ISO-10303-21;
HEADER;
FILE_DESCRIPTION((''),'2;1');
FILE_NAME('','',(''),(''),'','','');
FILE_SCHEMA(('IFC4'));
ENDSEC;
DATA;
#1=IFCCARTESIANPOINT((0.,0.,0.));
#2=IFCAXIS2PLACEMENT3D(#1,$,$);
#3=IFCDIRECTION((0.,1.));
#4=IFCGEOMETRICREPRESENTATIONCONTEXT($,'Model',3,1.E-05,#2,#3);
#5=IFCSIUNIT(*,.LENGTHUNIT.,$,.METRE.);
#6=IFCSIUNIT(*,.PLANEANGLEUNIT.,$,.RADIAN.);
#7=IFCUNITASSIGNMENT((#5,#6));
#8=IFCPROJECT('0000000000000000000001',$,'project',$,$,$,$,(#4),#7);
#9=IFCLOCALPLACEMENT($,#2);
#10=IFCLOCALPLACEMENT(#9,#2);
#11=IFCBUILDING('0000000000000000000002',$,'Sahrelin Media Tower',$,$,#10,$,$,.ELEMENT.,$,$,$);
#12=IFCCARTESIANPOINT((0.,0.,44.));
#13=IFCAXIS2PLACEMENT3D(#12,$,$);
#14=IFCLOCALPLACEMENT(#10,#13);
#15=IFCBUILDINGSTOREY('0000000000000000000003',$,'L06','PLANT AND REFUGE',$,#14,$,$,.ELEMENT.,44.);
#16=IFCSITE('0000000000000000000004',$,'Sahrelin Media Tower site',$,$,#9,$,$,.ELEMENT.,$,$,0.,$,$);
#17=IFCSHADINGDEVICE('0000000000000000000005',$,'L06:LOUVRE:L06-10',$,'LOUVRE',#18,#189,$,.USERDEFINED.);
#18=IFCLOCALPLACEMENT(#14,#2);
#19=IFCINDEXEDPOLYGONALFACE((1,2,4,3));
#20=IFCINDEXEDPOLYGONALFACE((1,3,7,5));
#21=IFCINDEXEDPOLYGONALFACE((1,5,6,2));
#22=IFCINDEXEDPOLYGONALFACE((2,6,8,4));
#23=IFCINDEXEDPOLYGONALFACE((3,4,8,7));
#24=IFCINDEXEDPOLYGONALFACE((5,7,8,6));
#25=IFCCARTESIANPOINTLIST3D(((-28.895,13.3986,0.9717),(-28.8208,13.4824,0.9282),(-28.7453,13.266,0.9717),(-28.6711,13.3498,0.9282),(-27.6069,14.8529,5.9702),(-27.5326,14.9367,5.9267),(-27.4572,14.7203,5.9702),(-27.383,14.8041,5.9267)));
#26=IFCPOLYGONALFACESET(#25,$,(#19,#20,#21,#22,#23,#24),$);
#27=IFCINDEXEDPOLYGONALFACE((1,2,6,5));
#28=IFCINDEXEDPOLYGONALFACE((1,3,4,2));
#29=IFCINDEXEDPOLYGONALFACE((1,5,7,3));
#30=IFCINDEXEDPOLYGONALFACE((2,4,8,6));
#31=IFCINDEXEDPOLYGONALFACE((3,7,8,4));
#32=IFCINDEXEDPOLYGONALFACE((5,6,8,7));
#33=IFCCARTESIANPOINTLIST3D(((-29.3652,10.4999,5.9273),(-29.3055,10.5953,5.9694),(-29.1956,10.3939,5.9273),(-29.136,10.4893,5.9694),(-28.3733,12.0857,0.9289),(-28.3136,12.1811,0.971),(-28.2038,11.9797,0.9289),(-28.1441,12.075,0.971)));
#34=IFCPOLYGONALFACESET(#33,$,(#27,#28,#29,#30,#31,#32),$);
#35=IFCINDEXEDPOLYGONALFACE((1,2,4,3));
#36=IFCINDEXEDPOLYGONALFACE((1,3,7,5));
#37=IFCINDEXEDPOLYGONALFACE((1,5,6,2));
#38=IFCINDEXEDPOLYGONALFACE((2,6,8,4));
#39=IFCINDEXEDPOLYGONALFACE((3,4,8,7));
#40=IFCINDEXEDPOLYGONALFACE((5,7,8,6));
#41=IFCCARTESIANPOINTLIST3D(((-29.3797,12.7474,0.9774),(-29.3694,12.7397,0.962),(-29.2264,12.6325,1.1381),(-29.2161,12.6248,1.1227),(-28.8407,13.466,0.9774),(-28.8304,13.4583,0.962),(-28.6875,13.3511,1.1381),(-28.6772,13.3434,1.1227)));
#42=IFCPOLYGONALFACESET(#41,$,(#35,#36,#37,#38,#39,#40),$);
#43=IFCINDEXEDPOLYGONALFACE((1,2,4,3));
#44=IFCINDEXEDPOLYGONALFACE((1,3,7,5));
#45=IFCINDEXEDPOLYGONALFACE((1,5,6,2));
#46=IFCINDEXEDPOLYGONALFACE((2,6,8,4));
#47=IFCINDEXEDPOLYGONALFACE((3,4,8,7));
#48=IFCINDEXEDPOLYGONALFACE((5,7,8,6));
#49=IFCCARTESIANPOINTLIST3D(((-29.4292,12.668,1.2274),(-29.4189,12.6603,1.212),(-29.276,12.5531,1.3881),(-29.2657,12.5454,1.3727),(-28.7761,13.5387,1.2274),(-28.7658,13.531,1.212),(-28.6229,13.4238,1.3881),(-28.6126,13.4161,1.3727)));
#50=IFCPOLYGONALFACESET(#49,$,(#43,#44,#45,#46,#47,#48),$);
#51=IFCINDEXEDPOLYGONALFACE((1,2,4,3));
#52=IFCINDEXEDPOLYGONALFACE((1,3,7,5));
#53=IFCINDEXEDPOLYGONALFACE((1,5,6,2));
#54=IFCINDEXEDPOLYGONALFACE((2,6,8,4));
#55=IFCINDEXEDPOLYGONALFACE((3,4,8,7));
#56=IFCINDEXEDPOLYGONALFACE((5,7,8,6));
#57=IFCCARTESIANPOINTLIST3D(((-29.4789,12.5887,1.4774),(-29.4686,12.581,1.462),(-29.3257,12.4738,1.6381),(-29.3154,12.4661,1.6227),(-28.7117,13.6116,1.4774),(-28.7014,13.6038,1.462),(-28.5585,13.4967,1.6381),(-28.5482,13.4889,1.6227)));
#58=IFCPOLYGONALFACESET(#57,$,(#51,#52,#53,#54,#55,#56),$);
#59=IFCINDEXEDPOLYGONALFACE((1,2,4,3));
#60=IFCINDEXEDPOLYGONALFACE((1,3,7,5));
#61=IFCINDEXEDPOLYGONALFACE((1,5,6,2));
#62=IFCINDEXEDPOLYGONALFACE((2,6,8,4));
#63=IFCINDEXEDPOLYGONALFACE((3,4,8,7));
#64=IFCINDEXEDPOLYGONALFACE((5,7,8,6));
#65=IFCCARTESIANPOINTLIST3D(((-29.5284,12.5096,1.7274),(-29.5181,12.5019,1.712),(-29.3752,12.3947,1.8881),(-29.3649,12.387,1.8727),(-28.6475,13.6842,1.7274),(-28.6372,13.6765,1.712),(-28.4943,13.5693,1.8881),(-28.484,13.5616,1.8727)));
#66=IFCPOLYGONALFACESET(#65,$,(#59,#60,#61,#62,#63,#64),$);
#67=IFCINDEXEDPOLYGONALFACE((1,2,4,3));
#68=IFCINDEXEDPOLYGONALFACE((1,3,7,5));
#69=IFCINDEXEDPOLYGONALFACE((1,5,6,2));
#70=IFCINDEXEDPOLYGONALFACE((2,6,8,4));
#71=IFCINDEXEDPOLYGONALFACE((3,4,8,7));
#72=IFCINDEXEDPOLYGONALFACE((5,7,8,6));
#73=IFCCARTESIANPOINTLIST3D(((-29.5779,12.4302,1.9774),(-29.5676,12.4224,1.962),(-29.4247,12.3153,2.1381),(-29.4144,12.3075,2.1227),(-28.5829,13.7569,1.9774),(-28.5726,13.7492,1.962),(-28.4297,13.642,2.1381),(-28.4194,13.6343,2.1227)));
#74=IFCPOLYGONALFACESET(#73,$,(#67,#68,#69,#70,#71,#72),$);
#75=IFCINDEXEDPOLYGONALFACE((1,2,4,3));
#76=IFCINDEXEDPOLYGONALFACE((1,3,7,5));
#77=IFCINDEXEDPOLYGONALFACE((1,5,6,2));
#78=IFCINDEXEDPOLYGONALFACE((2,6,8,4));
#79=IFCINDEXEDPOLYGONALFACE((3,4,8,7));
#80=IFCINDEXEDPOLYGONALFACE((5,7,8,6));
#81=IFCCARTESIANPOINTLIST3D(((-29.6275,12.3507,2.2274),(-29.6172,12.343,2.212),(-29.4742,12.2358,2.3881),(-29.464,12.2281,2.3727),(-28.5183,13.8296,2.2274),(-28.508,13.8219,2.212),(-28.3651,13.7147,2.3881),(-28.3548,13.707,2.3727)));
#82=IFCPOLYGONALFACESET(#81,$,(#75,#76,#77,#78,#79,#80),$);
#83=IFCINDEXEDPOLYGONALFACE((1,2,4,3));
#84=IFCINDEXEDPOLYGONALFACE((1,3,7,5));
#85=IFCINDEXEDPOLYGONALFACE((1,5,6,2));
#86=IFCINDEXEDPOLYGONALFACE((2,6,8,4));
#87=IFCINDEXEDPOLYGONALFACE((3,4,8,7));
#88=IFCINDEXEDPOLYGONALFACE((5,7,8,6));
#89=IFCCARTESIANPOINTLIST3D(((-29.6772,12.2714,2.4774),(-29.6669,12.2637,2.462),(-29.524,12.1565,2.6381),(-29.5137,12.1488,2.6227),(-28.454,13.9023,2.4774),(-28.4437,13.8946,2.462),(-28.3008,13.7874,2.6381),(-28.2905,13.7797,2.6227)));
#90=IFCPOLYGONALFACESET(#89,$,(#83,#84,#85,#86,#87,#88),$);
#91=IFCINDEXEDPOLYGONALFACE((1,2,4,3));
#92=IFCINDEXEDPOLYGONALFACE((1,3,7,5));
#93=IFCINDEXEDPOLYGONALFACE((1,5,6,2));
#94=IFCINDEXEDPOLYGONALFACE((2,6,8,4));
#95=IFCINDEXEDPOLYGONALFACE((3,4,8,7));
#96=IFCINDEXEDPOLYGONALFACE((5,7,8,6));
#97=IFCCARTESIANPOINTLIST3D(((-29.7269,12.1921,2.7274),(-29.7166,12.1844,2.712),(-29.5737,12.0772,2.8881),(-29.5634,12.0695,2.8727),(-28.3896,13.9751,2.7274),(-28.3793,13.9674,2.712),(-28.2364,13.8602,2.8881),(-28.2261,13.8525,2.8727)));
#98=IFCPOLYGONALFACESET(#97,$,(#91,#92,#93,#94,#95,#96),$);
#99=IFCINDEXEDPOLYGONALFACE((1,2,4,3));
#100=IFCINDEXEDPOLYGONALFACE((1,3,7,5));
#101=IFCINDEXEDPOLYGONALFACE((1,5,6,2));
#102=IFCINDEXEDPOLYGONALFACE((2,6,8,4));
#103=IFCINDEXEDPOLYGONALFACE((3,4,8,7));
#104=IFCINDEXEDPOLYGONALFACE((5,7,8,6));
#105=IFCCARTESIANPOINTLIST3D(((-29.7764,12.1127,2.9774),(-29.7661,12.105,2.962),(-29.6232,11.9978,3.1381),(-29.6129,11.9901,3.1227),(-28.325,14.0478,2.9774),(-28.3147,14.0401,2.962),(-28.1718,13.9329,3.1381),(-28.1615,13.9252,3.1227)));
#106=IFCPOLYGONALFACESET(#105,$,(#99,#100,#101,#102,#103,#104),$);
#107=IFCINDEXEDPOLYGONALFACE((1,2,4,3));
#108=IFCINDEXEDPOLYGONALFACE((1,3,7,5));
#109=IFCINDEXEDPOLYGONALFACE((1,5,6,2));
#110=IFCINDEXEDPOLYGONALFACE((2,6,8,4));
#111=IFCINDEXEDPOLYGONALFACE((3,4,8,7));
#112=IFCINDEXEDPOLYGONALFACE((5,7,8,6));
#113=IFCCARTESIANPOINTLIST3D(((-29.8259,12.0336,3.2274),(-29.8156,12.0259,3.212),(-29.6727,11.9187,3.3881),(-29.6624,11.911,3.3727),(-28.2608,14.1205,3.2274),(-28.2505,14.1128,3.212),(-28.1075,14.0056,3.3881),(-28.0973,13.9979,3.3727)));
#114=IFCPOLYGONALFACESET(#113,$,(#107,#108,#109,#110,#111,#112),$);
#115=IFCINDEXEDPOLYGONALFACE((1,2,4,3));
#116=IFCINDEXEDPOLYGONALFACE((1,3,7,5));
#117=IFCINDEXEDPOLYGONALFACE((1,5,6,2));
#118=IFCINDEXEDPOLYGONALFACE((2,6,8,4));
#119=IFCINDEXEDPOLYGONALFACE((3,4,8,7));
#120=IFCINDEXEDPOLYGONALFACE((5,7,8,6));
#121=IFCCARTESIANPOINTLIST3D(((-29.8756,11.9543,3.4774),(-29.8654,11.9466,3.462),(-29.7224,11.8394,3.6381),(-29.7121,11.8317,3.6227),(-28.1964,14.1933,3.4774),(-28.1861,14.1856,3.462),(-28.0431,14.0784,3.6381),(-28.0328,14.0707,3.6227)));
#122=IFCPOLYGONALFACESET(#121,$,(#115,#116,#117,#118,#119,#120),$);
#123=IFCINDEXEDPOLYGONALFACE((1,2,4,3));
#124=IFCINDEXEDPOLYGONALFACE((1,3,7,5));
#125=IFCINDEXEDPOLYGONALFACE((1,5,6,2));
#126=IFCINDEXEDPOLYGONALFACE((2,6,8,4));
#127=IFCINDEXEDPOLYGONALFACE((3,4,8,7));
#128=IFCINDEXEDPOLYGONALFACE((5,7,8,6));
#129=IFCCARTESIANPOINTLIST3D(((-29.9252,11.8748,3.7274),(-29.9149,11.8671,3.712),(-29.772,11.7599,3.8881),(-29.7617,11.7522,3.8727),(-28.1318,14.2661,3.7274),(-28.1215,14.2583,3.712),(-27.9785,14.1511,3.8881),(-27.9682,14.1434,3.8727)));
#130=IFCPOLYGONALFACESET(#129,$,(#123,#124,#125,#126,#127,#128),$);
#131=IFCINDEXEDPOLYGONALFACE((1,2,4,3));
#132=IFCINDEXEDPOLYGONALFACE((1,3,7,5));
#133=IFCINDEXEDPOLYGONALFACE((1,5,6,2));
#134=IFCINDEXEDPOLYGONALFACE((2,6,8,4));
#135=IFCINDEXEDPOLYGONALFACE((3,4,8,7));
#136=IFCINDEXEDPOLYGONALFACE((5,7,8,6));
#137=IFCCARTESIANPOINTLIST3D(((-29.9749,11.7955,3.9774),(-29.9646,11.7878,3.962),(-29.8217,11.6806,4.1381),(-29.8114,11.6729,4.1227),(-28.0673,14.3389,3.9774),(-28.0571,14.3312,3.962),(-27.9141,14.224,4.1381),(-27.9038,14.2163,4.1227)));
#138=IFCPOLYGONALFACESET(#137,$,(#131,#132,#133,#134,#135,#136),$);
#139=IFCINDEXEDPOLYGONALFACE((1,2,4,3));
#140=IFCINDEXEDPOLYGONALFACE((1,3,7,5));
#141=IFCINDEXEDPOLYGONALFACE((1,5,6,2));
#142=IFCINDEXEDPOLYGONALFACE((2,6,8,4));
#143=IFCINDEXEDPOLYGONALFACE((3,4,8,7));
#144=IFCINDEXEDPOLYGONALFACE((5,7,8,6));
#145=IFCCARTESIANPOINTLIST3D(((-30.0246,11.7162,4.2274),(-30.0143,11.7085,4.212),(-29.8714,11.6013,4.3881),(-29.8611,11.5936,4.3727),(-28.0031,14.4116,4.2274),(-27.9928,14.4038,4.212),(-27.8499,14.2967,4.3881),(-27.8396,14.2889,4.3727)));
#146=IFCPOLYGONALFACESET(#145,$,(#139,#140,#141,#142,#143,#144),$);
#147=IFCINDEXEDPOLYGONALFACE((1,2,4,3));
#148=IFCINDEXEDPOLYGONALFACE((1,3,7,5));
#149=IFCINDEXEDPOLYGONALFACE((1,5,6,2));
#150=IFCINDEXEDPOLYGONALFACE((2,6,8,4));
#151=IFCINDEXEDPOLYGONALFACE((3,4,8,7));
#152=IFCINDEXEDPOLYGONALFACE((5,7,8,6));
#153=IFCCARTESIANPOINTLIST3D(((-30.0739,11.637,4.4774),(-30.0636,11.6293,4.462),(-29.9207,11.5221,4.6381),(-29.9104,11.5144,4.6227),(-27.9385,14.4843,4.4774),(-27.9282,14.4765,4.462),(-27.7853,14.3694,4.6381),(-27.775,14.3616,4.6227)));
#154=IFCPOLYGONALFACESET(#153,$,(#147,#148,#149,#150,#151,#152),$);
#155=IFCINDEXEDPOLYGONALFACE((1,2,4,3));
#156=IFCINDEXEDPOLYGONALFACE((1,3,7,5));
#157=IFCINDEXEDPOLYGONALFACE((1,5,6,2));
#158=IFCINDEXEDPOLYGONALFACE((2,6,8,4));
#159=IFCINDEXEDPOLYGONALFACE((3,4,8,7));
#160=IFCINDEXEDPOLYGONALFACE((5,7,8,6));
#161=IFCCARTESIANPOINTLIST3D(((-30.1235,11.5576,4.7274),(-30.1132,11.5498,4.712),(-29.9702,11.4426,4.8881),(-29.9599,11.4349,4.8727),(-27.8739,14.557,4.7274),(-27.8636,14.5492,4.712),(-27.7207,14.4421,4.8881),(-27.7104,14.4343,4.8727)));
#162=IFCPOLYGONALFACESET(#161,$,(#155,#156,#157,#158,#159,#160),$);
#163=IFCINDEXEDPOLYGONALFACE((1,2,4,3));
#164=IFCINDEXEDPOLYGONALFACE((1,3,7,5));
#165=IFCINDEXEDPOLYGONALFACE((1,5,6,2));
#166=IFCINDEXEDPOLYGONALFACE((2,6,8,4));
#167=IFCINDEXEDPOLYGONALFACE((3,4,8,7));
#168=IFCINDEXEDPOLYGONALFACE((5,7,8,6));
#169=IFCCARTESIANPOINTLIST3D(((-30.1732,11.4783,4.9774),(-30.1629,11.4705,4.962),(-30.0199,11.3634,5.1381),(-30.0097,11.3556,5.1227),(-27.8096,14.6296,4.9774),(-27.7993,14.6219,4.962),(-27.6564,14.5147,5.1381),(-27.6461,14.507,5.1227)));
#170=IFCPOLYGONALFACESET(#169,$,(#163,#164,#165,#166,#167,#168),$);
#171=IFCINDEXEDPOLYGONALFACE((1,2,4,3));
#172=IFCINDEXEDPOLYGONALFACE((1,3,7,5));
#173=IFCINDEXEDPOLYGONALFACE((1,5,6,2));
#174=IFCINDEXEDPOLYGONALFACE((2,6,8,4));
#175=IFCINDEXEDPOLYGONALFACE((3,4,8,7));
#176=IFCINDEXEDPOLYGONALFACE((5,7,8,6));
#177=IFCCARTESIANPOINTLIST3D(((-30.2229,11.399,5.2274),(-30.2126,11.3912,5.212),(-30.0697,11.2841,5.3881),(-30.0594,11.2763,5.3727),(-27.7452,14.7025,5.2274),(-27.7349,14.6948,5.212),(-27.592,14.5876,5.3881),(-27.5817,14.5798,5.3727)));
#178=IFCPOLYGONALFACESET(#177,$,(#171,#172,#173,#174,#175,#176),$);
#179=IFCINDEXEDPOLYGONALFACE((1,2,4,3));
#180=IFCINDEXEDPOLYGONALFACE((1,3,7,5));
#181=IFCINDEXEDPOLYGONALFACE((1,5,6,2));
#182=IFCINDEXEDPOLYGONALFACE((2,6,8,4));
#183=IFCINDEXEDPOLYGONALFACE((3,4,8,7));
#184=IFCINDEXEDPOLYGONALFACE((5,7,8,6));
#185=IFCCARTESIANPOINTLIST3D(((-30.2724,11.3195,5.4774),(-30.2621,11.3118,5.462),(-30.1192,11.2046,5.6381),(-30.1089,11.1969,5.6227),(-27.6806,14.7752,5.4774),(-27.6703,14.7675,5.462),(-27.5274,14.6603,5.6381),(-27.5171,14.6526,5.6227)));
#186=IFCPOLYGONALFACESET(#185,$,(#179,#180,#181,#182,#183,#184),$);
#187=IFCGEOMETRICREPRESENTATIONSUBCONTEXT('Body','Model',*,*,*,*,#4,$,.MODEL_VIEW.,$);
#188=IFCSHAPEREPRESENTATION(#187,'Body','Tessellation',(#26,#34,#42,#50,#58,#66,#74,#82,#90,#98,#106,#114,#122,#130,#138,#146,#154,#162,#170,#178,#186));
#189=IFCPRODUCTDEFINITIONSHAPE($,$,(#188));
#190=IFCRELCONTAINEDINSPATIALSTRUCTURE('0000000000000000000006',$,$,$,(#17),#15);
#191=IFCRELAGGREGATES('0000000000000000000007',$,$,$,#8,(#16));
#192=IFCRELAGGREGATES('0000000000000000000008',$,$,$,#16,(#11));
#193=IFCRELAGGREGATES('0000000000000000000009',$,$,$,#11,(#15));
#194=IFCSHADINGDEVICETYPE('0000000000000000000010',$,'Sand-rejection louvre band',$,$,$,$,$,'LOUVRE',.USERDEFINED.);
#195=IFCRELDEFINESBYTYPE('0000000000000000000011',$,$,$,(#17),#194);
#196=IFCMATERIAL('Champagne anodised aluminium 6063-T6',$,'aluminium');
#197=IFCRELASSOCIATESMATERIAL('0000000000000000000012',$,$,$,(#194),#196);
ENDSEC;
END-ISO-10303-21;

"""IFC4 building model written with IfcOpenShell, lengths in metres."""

from ifc_helpers import new_model, si_unit, direction, frame, origin, origin_2d, place, context, subcontext, project, spatial, rectangle, extrude, material, type_object, element, save


model = new_model("IFC4")

# Units and contexts
model_context = context("Model", 3, precision=1e-05, world=origin(), true_north=direction((0.0, 1.0)))
body_context = subcontext(model_context, "Body", "Model", "MODEL_VIEW")
ifc_project = project(units=[si_unit("LENGTHUNIT", "METRE"), si_unit("PLANEANGLEUNIT", "RADIAN")], contexts=[model_context])

# Site, building, storey
site_placement = place(None, origin())
site = spatial("IfcSite", under=ifc_project, at=site_placement, Name="Sahrelin Media Tower site", CompositionType="ELEMENT", RefElevation=0.0)
building_placement = place(site_placement, origin())
building = spatial("IfcBuilding", under=site, at=building_placement, Name="Sahrelin Media Tower", CompositionType="ELEMENT")
storey_placement = place(building_placement, frame((0.0, 0.0, 44.0)))
storey = spatial("IfcBuildingStorey", under=building, at=storey_placement, Name="L06", Description="PLANT AND REFUGE", CompositionType="ELEMENT", Elevation=44.0)

# Shading device
ifc_material_1 = material(Name="Champagne anodised aluminium 6063-T6", Category="aluminium")
shading_device_type = type_object("IfcShadingDeviceType", Name="Sand-rejection louvre band", ElementType="LOUVRE", PredefinedType="USERDEFINED", material=ifc_material_1)
shading_device_1_placement = place(storey_placement, frame((-28.5645, 12.7192, 0.0), z_axis=(0.0, 0.0, 1.0), x_axis=(0.6, 0.8, 0.0)))
element("IfcShadingDevice", 1, at=shading_device_1_placement, inside=storey, type_object=shading_device_type, Name="L06:LOUVRE:L06-10", ObjectType="LOUVRE", PredefinedType="USERDEFINED", context=body_context, shape_type="SweptSolid", body=[
    extrude(rectangle(XDim=0.2, YDim=0.1201, at=origin_2d()), frame((0.3928, 0.5679, 0.95), z_axis=(0.361058, -0.029455, 0.932078), x_axis=(0.081309, 0.996689, 0.0)), (0.0, 0.0, 1.0), 5.3628),
    extrude(rectangle(XDim=0.2, YDim=0.1201, at=origin_2d()), frame((-0.3276, -0.6279, 0.95), z_axis=(-0.349214, -0.029597, 0.936575), x_axis=(0.08445, -0.996428, 0.0)), (0.0, 0.0, 1.0), 5.3369),
    extrude(rectangle(XDim=0.25, YDim=0.02, at=origin_2d()), frame((0.4316, 0.5669, 1.05), z_axis=(-1.0, 0.0, 0.0), x_axis=(0.0, -0.766044, 0.642788)), (0.0, 0.0, 1.0), 0.8982),
    extrude(rectangle(XDim=0.25, YDim=0.02, at=origin_2d()), frame((0.5286, 0.5588, 1.3), z_axis=(-1.0, 0.0, 0.0), x_axis=(0.0, -0.766044, 0.642788)), (0.0, 0.0, 1.0), 1.0884),
    extrude(rectangle(XDim=0.25, YDim=0.02, at=origin_2d()), frame((0.6255, 0.551, 1.55), z_axis=(-1.0, 0.0, 0.0), x_axis=(0.0, -0.766044, 0.642788)), (0.0, 0.0, 1.0), 1.2786),
    extrude(rectangle(XDim=0.25, YDim=0.02, at=origin_2d()), frame((0.7222, 0.5432, 1.8), z_axis=(-1.0, 0.0, 0.0), x_axis=(0.0, -0.766044, 0.642788)), (0.0, 0.0, 1.0), 1.4683),
    extrude(rectangle(XDim=0.25, YDim=0.02, at=origin_2d()), frame((0.8191, 0.5352, 2.05), z_axis=(-1.0, 0.0, 0.0), x_axis=(0.0, -0.766044, 0.642788)), (0.0, 0.0, 1.0), 1.6584),
    extrude(rectangle(XDim=0.25, YDim=0.02, at=origin_2d()), frame((0.916, 0.5271, 2.3), z_axis=(-1.0, 0.0, 0.0), x_axis=(0.0, -0.766044, 0.642788)), (0.0, 0.0, 1.0), 1.8486),
    extrude(rectangle(XDim=0.25, YDim=0.02, at=origin_2d()), frame((1.0127, 0.5193, 2.55), z_axis=(-1.0, 0.0, 0.0), x_axis=(0.0, -0.766044, 0.642788)), (0.0, 0.0, 1.0), 2.0386),
    extrude(rectangle(XDim=0.25, YDim=0.02, at=origin_2d()), frame((1.1096, 0.5115, 2.8), z_axis=(-1.0, 0.0, 0.0), x_axis=(0.0, -0.766044, 0.642788)), (0.0, 0.0, 1.0), 2.2288),
    extrude(rectangle(XDim=0.25, YDim=0.02, at=origin_2d()), frame((1.2065, 0.5034, 3.05), z_axis=(-1.0, 0.0, 0.0), x_axis=(0.0, -0.766044, 0.642788)), (0.0, 0.0, 1.0), 2.4189),
    extrude(rectangle(XDim=0.25, YDim=0.02, at=origin_2d()), frame((1.3032, 0.4956, 3.3), z_axis=(-1.0, 0.0, 0.0), x_axis=(0.0, -0.766044, 0.642788)), (0.0, 0.0, 1.0), 2.6086),
    extrude(rectangle(XDim=0.25, YDim=0.02, at=origin_2d()), frame((1.4001, 0.4878, 3.55), z_axis=(-1.0, 0.0, 0.0), x_axis=(0.0, -0.766044, 0.642788)), (0.0, 0.0, 1.0), 2.7988),
    extrude(rectangle(XDim=0.25, YDim=0.02, at=origin_2d()), frame((1.4971, 0.4797, 3.8), z_axis=(-1.0, 0.0, 0.0), x_axis=(0.0, -0.766044, 0.642788)), (0.0, 0.0, 1.0), 2.989),
    extrude(rectangle(XDim=0.25, YDim=0.02, at=origin_2d()), frame((1.594, 0.4719, 4.05), z_axis=(-1.0, 0.0, 0.0), x_axis=(0.0, -0.766044, 0.642788)), (0.0, 0.0, 1.0), 3.1792),
    extrude(rectangle(XDim=0.25, YDim=0.02, at=origin_2d()), frame((1.6907, 0.4641, 4.3), z_axis=(-1.0, 0.0, 0.0), x_axis=(0.0, -0.766044, 0.642788)), (0.0, 0.0, 1.0), 3.3691),
    extrude(rectangle(XDim=0.25, YDim=0.02, at=origin_2d()), frame((1.7876, 0.4561, 4.55), z_axis=(-1.0, 0.0, 0.0), x_axis=(0.0, -0.766044, 0.642788)), (0.0, 0.0, 1.0), 3.5591),
    extrude(rectangle(XDim=0.25, YDim=0.02, at=origin_2d()), frame((1.8845, 0.448, 4.8), z_axis=(-1.0, 0.0, 0.0), x_axis=(0.0, -0.766044, 0.642788)), (0.0, 0.0, 1.0), 3.7493),
    extrude(rectangle(XDim=0.25, YDim=0.02, at=origin_2d()), frame((1.9812, 0.4402, 5.05), z_axis=(-1.0, 0.0, 0.0), x_axis=(0.0, -0.766044, 0.642788)), (0.0, 0.0, 1.0), 3.9392),
    extrude(rectangle(XDim=0.25, YDim=0.02, at=origin_2d()), frame((2.0781, 0.4324, 5.3), z_axis=(-1.0, 0.0, 0.0), x_axis=(0.0, -0.766044, 0.642788)), (0.0, 0.0, 1.0), 4.1294),
    extrude(rectangle(XDim=0.25, YDim=0.02, at=origin_2d()), frame((2.175, 0.4243, 5.55), z_axis=(-1.0, 0.0, 0.0), x_axis=(0.0, -0.766044, 0.642788)), (0.0, 0.0, 1.0), 4.3196),
])

save(model, "model.ifc")
